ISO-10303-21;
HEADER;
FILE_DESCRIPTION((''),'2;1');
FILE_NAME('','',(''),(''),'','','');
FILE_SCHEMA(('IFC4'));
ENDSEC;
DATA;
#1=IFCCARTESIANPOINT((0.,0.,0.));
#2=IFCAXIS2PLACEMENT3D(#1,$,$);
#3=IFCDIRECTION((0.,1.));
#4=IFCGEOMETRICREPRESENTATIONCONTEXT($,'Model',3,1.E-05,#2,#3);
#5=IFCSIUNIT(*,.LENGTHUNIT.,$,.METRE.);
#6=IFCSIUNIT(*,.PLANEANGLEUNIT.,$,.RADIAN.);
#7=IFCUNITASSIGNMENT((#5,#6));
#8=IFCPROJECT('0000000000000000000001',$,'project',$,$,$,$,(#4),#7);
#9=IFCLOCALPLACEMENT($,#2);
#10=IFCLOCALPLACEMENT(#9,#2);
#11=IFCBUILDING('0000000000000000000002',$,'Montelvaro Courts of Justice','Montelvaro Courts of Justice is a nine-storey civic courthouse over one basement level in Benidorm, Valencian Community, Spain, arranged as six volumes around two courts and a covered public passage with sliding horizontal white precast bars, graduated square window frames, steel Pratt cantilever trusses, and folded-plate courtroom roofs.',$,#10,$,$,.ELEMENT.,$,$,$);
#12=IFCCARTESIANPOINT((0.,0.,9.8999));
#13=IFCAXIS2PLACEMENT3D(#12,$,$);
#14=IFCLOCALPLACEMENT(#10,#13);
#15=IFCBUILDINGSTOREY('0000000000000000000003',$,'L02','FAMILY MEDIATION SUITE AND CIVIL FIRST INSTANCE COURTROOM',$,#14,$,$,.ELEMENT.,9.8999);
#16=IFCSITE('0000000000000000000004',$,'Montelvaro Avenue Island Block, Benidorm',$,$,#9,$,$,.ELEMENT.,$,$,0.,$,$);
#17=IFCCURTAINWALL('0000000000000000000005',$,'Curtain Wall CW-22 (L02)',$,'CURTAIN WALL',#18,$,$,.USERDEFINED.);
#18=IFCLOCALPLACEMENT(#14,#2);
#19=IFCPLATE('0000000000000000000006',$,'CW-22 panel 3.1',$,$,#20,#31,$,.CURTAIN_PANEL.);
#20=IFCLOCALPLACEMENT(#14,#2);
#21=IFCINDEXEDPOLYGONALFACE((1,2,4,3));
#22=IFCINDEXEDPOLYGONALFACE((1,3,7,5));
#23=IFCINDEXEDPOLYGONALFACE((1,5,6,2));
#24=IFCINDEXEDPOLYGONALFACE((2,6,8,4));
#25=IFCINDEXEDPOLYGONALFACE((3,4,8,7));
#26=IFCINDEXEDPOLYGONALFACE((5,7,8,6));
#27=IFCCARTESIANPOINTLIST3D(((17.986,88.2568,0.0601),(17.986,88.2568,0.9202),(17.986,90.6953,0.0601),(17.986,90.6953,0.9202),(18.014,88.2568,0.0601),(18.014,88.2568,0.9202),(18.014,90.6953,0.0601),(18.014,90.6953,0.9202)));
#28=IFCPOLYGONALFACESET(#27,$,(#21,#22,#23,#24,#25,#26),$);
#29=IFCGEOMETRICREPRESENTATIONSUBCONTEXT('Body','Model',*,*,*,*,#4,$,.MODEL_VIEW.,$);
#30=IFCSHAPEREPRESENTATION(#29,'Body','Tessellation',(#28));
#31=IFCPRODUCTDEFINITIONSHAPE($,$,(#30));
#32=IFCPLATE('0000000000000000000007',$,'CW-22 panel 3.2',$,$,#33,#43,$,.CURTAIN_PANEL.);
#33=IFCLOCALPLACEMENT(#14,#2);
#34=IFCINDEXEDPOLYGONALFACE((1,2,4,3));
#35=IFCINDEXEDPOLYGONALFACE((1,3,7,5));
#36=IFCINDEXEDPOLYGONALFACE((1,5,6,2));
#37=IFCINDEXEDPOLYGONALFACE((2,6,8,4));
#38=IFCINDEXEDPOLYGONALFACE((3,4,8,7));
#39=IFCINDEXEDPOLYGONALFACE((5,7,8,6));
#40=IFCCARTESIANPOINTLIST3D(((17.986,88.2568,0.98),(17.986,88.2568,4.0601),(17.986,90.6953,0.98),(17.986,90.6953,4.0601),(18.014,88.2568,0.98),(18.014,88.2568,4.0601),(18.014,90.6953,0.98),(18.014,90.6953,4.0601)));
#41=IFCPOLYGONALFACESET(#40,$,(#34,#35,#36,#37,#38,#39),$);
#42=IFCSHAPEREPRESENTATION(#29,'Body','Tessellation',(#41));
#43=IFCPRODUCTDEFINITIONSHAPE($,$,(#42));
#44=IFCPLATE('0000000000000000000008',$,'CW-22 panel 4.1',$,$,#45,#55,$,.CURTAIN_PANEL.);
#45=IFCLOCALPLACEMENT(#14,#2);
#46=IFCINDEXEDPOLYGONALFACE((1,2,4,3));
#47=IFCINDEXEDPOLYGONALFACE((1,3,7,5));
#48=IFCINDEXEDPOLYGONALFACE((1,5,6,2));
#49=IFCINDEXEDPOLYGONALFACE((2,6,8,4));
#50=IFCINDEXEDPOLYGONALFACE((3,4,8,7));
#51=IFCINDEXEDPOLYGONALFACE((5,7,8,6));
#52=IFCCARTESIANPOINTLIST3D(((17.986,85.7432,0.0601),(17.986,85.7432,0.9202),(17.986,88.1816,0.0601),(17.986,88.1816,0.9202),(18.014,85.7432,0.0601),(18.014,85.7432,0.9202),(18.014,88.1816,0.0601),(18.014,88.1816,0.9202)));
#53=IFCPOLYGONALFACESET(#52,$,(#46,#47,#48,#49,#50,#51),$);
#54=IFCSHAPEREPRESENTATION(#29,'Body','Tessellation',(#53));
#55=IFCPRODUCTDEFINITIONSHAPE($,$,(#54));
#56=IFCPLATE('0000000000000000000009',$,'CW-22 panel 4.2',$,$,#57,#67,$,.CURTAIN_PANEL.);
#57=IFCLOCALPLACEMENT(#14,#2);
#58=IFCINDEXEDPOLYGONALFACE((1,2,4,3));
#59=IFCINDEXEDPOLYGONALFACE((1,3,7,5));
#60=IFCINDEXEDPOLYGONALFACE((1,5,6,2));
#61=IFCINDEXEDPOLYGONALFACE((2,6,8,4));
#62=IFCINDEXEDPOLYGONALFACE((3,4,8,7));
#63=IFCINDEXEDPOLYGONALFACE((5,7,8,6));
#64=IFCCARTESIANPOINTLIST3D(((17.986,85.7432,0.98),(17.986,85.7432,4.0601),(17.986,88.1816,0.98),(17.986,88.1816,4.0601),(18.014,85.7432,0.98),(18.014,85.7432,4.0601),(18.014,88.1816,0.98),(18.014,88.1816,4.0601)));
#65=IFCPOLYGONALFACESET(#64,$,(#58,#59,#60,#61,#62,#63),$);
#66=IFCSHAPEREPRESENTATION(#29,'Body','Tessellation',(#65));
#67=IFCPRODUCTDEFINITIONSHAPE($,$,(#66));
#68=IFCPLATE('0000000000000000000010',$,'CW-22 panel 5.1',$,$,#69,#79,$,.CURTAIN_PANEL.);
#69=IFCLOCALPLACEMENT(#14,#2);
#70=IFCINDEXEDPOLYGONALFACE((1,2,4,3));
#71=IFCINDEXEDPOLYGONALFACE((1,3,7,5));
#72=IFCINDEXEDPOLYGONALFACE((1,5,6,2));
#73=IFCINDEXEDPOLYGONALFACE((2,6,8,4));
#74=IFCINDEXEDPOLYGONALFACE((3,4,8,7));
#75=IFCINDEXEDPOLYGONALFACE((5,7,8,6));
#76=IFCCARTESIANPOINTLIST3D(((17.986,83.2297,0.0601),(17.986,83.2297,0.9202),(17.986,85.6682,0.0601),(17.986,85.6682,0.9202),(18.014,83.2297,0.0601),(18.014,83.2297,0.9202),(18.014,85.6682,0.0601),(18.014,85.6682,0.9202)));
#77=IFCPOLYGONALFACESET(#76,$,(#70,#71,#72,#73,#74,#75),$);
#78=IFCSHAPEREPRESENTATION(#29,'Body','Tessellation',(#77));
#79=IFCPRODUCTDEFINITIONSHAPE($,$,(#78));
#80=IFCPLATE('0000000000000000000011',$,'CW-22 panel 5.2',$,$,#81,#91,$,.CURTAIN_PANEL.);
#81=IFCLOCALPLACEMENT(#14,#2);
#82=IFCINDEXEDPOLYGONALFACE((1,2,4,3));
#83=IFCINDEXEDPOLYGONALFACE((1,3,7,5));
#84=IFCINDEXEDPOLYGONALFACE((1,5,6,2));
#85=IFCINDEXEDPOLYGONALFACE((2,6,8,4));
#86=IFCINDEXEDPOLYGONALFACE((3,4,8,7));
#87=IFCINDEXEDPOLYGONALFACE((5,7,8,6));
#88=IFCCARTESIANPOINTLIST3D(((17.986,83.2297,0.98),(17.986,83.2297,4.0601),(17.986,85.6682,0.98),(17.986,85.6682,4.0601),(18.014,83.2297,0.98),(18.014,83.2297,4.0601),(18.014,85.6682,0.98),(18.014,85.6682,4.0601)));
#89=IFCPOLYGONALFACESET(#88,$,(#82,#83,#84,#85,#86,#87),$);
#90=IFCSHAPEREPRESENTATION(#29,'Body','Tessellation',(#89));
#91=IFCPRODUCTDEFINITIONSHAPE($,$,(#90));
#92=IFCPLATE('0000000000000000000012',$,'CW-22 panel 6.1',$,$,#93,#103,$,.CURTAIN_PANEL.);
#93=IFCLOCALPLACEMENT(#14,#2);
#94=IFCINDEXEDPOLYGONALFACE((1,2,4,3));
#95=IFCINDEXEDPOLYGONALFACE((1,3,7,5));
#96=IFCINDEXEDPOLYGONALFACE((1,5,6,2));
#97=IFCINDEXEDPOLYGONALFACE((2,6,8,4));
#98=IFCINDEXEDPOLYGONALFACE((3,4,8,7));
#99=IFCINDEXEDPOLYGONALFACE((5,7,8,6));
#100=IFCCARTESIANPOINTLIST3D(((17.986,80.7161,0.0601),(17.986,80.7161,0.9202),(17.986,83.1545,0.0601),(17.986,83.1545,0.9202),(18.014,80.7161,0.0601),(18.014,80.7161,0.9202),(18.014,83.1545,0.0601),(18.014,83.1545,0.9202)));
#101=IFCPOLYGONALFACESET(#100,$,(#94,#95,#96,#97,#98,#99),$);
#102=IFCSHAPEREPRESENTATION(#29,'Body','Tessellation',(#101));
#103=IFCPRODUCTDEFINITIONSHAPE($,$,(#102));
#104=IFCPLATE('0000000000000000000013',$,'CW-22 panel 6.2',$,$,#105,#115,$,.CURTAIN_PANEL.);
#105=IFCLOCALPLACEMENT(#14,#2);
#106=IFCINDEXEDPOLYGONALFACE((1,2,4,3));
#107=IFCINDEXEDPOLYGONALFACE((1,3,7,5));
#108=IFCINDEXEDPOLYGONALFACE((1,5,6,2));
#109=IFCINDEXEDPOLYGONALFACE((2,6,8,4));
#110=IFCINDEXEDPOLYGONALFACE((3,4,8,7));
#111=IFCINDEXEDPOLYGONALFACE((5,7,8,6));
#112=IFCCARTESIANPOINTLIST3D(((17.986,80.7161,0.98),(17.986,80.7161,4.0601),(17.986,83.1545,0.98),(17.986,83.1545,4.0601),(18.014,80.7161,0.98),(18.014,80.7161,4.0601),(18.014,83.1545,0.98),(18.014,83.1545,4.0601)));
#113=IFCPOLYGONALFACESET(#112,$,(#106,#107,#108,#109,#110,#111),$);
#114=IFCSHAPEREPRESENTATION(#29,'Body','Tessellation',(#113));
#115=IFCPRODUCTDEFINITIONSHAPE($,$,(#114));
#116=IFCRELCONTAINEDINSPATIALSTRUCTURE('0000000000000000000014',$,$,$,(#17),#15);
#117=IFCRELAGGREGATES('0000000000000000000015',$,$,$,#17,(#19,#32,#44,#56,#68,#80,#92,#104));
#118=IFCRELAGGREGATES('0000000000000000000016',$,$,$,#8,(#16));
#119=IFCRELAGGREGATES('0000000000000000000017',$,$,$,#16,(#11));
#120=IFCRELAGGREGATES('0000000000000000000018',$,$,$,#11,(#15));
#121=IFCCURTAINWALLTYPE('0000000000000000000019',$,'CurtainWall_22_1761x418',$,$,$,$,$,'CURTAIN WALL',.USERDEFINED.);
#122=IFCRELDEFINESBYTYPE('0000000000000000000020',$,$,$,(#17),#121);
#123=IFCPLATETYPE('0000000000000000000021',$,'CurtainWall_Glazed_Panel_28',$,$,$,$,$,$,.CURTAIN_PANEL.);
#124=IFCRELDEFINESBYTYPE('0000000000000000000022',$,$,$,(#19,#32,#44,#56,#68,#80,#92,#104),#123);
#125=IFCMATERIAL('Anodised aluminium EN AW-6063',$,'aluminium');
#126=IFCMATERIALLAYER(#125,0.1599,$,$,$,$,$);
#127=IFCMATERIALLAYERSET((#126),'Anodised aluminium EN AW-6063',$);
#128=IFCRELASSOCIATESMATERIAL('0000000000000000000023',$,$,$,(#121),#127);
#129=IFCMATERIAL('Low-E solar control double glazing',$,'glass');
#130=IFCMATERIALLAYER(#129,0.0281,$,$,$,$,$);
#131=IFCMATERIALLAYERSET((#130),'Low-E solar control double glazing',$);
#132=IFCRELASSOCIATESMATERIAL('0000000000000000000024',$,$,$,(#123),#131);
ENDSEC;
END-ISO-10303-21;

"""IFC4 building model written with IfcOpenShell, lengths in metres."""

from ifc_helpers import new_model, si_unit, direction, frame, origin, origin_2d, place, context, subcontext, project, spatial, rectangle, extrude, material, layer, layer_set, type_object, element, aggregate, save


model = new_model("IFC4")

# Units and contexts
model_context = context("Model", 3, precision=1e-05, world=origin(), true_north=direction((0.0, 1.0)))
body_context = subcontext(model_context, "Body", "Model", "MODEL_VIEW")
ifc_project = project(units=[si_unit("LENGTHUNIT", "METRE"), si_unit("PLANEANGLEUNIT", "RADIAN")], contexts=[model_context])

# Site, building, storey
site_placement = place(None, origin())
site = spatial("IfcSite", under=ifc_project, at=site_placement, Name="Montelvaro Avenue Island Block, Benidorm", CompositionType="ELEMENT", RefElevation=0.0)
building_placement = place(site_placement, origin())
building = spatial("IfcBuilding", under=site, at=building_placement, Name="Montelvaro Courts of Justice", Description="Montelvaro Courts of Justice is a nine-storey civic courthouse over one basement level in Benidorm, Valencian Community, Spain, arranged as six volumes around two courts and a covered public passage with sliding horizontal white precast bars, graduated square window frames, steel Pratt cantilever trusses, and folded-plate courtroom roofs.", CompositionType="ELEMENT")
storey_placement = place(building_placement, frame((0.0, 0.0, 9.8999)))
storey = spatial("IfcBuildingStorey", under=building, at=storey_placement, Name="L02", Description="FAMILY MEDIATION SUITE AND CIVIL FIRST INSTANCE COURTROOM", CompositionType="ELEMENT", Elevation=9.8999)

# Curtain wall, plates
ifc_material_1 = material(Name="Anodised aluminium EN AW-6063", Category="aluminium")
ifc_layer_1 = layer(ifc_material_1, 0.1599)
ifc_layer_set_1 = layer_set([ifc_layer_1], Name="Anodised aluminium EN AW-6063")
curtain_wall_type = type_object("IfcCurtainWallType", Name="CurtainWall_22_1761x418", ElementType="CURTAIN WALL", PredefinedType="USERDEFINED", material=ifc_layer_set_1)
curtain_wall_placement = place(storey_placement, origin())
curtain_wall = element("IfcCurtainWall", 1, at=curtain_wall_placement, inside=storey, type_object=curtain_wall_type, Name="Curtain Wall CW-22 (L02)", ObjectType="CURTAIN WALL", PredefinedType="USERDEFINED")
ifc_material_2 = material(Name="Low-E solar control double glazing", Category="glass")
ifc_layer_2 = layer(ifc_material_2, 0.0281)
ifc_layer_set_2 = layer_set([ifc_layer_2], Name="Low-E solar control double glazing")
plate_type = type_object("IfcPlateType", Name="CurtainWall_Glazed_Panel_28", PredefinedType="CURTAIN_PANEL", material=ifc_layer_set_2)
plate_1_placement = place(storey_placement, frame((18.0, 89.4761, 0.0601), z_axis=(0.0, 0.0, 1.0), x_axis=(0.0, -1.0, 0.0)))
plate_1 = element("IfcPlate", 2, at=plate_1_placement, type_object=plate_type, Name="CW-22 panel 3.1", PredefinedType="CURTAIN_PANEL", context=body_context, shape_type="SweptSolid", body=[
    extrude(rectangle(XDim=2.4385, YDim=0.0281, at=origin_2d()), origin(), (0.0, 0.0, 1.0), 0.8601),
])
plate_2_placement = place(storey_placement, frame((18.0, 89.4761, 0.98), z_axis=(0.0, 0.0, 1.0), x_axis=(0.0, -1.0, 0.0)))
plate_2 = element("IfcPlate", 3, at=plate_2_placement, type_object=plate_type, Name="CW-22 panel 3.2", PredefinedType="CURTAIN_PANEL", context=body_context, shape_type="SweptSolid", body=[
    extrude(rectangle(XDim=2.4385, YDim=0.0281, at=origin_2d()), origin(), (0.0, 0.0, 1.0), 3.0801),
])
plate_3_placement = place(storey_placement, frame((18.0, 86.9624, 0.0601), z_axis=(0.0, 0.0, 1.0), x_axis=(0.0, -1.0, 0.0)))
plate_3 = element("IfcPlate", 4, at=plate_3_placement, type_object=plate_type, Name="CW-22 panel 4.1", PredefinedType="CURTAIN_PANEL", context=body_context, shape_type="SweptSolid", body=[
    extrude(rectangle(XDim=2.4385, YDim=0.0281, at=origin_2d()), origin(), (0.0, 0.0, 1.0), 0.8601),
])
plate_4_placement = place(storey_placement, frame((18.0, 86.9624, 0.98), z_axis=(0.0, 0.0, 1.0), x_axis=(0.0, -1.0, 0.0)))
plate_4 = element("IfcPlate", 5, at=plate_4_placement, type_object=plate_type, Name="CW-22 panel 4.2", PredefinedType="CURTAIN_PANEL", context=body_context, shape_type="SweptSolid", body=[
    extrude(rectangle(XDim=2.4385, YDim=0.0281, at=origin_2d()), origin(), (0.0, 0.0, 1.0), 3.0801),
])
plate_5_placement = place(storey_placement, frame((18.0, 84.449, 0.0601), z_axis=(0.0, 0.0, 1.0), x_axis=(0.0, -1.0, 0.0)))
plate_5 = element("IfcPlate", 6, at=plate_5_placement, type_object=plate_type, Name="CW-22 panel 5.1", PredefinedType="CURTAIN_PANEL", context=body_context, shape_type="SweptSolid", body=[
    extrude(rectangle(XDim=2.4385, YDim=0.0281, at=origin_2d()), origin(), (0.0, 0.0, 1.0), 0.8601),
])
plate_6_placement = place(storey_placement, frame((18.0, 84.449, 0.98), z_axis=(0.0, 0.0, 1.0), x_axis=(0.0, -1.0, 0.0)))
plate_6 = element("IfcPlate", 7, at=plate_6_placement, type_object=plate_type, Name="CW-22 panel 5.2", PredefinedType="CURTAIN_PANEL", context=body_context, shape_type="SweptSolid", body=[
    extrude(rectangle(XDim=2.4385, YDim=0.0281, at=origin_2d()), origin(), (0.0, 0.0, 1.0), 3.0801),
])
plate_7_placement = place(storey_placement, frame((18.0, 81.9353, 0.0601), z_axis=(0.0, 0.0, 1.0), x_axis=(0.0, -1.0, 0.0)))
plate_7 = element("IfcPlate", 8, at=plate_7_placement, type_object=plate_type, Name="CW-22 panel 6.1", PredefinedType="CURTAIN_PANEL", context=body_context, shape_type="SweptSolid", body=[
    extrude(rectangle(XDim=2.4385, YDim=0.0281, at=origin_2d()), origin(), (0.0, 0.0, 1.0), 0.8601),
])
plate_8_placement = place(storey_placement, frame((18.0, 81.9353, 0.98), z_axis=(0.0, 0.0, 1.0), x_axis=(0.0, -1.0, 0.0)))
plate_8 = element("IfcPlate", 9, at=plate_8_placement, type_object=plate_type, Name="CW-22 panel 6.2", PredefinedType="CURTAIN_PANEL", context=body_context, shape_type="SweptSolid", body=[
    extrude(rectangle(XDim=2.4385, YDim=0.0281, at=origin_2d()), origin(), (0.0, 0.0, 1.0), 3.0801),
])
aggregate(curtain_wall, [plate_1, plate_2, plate_3, plate_4, plate_5, plate_6, plate_7, plate_8])

save(model, "model.ifc")
